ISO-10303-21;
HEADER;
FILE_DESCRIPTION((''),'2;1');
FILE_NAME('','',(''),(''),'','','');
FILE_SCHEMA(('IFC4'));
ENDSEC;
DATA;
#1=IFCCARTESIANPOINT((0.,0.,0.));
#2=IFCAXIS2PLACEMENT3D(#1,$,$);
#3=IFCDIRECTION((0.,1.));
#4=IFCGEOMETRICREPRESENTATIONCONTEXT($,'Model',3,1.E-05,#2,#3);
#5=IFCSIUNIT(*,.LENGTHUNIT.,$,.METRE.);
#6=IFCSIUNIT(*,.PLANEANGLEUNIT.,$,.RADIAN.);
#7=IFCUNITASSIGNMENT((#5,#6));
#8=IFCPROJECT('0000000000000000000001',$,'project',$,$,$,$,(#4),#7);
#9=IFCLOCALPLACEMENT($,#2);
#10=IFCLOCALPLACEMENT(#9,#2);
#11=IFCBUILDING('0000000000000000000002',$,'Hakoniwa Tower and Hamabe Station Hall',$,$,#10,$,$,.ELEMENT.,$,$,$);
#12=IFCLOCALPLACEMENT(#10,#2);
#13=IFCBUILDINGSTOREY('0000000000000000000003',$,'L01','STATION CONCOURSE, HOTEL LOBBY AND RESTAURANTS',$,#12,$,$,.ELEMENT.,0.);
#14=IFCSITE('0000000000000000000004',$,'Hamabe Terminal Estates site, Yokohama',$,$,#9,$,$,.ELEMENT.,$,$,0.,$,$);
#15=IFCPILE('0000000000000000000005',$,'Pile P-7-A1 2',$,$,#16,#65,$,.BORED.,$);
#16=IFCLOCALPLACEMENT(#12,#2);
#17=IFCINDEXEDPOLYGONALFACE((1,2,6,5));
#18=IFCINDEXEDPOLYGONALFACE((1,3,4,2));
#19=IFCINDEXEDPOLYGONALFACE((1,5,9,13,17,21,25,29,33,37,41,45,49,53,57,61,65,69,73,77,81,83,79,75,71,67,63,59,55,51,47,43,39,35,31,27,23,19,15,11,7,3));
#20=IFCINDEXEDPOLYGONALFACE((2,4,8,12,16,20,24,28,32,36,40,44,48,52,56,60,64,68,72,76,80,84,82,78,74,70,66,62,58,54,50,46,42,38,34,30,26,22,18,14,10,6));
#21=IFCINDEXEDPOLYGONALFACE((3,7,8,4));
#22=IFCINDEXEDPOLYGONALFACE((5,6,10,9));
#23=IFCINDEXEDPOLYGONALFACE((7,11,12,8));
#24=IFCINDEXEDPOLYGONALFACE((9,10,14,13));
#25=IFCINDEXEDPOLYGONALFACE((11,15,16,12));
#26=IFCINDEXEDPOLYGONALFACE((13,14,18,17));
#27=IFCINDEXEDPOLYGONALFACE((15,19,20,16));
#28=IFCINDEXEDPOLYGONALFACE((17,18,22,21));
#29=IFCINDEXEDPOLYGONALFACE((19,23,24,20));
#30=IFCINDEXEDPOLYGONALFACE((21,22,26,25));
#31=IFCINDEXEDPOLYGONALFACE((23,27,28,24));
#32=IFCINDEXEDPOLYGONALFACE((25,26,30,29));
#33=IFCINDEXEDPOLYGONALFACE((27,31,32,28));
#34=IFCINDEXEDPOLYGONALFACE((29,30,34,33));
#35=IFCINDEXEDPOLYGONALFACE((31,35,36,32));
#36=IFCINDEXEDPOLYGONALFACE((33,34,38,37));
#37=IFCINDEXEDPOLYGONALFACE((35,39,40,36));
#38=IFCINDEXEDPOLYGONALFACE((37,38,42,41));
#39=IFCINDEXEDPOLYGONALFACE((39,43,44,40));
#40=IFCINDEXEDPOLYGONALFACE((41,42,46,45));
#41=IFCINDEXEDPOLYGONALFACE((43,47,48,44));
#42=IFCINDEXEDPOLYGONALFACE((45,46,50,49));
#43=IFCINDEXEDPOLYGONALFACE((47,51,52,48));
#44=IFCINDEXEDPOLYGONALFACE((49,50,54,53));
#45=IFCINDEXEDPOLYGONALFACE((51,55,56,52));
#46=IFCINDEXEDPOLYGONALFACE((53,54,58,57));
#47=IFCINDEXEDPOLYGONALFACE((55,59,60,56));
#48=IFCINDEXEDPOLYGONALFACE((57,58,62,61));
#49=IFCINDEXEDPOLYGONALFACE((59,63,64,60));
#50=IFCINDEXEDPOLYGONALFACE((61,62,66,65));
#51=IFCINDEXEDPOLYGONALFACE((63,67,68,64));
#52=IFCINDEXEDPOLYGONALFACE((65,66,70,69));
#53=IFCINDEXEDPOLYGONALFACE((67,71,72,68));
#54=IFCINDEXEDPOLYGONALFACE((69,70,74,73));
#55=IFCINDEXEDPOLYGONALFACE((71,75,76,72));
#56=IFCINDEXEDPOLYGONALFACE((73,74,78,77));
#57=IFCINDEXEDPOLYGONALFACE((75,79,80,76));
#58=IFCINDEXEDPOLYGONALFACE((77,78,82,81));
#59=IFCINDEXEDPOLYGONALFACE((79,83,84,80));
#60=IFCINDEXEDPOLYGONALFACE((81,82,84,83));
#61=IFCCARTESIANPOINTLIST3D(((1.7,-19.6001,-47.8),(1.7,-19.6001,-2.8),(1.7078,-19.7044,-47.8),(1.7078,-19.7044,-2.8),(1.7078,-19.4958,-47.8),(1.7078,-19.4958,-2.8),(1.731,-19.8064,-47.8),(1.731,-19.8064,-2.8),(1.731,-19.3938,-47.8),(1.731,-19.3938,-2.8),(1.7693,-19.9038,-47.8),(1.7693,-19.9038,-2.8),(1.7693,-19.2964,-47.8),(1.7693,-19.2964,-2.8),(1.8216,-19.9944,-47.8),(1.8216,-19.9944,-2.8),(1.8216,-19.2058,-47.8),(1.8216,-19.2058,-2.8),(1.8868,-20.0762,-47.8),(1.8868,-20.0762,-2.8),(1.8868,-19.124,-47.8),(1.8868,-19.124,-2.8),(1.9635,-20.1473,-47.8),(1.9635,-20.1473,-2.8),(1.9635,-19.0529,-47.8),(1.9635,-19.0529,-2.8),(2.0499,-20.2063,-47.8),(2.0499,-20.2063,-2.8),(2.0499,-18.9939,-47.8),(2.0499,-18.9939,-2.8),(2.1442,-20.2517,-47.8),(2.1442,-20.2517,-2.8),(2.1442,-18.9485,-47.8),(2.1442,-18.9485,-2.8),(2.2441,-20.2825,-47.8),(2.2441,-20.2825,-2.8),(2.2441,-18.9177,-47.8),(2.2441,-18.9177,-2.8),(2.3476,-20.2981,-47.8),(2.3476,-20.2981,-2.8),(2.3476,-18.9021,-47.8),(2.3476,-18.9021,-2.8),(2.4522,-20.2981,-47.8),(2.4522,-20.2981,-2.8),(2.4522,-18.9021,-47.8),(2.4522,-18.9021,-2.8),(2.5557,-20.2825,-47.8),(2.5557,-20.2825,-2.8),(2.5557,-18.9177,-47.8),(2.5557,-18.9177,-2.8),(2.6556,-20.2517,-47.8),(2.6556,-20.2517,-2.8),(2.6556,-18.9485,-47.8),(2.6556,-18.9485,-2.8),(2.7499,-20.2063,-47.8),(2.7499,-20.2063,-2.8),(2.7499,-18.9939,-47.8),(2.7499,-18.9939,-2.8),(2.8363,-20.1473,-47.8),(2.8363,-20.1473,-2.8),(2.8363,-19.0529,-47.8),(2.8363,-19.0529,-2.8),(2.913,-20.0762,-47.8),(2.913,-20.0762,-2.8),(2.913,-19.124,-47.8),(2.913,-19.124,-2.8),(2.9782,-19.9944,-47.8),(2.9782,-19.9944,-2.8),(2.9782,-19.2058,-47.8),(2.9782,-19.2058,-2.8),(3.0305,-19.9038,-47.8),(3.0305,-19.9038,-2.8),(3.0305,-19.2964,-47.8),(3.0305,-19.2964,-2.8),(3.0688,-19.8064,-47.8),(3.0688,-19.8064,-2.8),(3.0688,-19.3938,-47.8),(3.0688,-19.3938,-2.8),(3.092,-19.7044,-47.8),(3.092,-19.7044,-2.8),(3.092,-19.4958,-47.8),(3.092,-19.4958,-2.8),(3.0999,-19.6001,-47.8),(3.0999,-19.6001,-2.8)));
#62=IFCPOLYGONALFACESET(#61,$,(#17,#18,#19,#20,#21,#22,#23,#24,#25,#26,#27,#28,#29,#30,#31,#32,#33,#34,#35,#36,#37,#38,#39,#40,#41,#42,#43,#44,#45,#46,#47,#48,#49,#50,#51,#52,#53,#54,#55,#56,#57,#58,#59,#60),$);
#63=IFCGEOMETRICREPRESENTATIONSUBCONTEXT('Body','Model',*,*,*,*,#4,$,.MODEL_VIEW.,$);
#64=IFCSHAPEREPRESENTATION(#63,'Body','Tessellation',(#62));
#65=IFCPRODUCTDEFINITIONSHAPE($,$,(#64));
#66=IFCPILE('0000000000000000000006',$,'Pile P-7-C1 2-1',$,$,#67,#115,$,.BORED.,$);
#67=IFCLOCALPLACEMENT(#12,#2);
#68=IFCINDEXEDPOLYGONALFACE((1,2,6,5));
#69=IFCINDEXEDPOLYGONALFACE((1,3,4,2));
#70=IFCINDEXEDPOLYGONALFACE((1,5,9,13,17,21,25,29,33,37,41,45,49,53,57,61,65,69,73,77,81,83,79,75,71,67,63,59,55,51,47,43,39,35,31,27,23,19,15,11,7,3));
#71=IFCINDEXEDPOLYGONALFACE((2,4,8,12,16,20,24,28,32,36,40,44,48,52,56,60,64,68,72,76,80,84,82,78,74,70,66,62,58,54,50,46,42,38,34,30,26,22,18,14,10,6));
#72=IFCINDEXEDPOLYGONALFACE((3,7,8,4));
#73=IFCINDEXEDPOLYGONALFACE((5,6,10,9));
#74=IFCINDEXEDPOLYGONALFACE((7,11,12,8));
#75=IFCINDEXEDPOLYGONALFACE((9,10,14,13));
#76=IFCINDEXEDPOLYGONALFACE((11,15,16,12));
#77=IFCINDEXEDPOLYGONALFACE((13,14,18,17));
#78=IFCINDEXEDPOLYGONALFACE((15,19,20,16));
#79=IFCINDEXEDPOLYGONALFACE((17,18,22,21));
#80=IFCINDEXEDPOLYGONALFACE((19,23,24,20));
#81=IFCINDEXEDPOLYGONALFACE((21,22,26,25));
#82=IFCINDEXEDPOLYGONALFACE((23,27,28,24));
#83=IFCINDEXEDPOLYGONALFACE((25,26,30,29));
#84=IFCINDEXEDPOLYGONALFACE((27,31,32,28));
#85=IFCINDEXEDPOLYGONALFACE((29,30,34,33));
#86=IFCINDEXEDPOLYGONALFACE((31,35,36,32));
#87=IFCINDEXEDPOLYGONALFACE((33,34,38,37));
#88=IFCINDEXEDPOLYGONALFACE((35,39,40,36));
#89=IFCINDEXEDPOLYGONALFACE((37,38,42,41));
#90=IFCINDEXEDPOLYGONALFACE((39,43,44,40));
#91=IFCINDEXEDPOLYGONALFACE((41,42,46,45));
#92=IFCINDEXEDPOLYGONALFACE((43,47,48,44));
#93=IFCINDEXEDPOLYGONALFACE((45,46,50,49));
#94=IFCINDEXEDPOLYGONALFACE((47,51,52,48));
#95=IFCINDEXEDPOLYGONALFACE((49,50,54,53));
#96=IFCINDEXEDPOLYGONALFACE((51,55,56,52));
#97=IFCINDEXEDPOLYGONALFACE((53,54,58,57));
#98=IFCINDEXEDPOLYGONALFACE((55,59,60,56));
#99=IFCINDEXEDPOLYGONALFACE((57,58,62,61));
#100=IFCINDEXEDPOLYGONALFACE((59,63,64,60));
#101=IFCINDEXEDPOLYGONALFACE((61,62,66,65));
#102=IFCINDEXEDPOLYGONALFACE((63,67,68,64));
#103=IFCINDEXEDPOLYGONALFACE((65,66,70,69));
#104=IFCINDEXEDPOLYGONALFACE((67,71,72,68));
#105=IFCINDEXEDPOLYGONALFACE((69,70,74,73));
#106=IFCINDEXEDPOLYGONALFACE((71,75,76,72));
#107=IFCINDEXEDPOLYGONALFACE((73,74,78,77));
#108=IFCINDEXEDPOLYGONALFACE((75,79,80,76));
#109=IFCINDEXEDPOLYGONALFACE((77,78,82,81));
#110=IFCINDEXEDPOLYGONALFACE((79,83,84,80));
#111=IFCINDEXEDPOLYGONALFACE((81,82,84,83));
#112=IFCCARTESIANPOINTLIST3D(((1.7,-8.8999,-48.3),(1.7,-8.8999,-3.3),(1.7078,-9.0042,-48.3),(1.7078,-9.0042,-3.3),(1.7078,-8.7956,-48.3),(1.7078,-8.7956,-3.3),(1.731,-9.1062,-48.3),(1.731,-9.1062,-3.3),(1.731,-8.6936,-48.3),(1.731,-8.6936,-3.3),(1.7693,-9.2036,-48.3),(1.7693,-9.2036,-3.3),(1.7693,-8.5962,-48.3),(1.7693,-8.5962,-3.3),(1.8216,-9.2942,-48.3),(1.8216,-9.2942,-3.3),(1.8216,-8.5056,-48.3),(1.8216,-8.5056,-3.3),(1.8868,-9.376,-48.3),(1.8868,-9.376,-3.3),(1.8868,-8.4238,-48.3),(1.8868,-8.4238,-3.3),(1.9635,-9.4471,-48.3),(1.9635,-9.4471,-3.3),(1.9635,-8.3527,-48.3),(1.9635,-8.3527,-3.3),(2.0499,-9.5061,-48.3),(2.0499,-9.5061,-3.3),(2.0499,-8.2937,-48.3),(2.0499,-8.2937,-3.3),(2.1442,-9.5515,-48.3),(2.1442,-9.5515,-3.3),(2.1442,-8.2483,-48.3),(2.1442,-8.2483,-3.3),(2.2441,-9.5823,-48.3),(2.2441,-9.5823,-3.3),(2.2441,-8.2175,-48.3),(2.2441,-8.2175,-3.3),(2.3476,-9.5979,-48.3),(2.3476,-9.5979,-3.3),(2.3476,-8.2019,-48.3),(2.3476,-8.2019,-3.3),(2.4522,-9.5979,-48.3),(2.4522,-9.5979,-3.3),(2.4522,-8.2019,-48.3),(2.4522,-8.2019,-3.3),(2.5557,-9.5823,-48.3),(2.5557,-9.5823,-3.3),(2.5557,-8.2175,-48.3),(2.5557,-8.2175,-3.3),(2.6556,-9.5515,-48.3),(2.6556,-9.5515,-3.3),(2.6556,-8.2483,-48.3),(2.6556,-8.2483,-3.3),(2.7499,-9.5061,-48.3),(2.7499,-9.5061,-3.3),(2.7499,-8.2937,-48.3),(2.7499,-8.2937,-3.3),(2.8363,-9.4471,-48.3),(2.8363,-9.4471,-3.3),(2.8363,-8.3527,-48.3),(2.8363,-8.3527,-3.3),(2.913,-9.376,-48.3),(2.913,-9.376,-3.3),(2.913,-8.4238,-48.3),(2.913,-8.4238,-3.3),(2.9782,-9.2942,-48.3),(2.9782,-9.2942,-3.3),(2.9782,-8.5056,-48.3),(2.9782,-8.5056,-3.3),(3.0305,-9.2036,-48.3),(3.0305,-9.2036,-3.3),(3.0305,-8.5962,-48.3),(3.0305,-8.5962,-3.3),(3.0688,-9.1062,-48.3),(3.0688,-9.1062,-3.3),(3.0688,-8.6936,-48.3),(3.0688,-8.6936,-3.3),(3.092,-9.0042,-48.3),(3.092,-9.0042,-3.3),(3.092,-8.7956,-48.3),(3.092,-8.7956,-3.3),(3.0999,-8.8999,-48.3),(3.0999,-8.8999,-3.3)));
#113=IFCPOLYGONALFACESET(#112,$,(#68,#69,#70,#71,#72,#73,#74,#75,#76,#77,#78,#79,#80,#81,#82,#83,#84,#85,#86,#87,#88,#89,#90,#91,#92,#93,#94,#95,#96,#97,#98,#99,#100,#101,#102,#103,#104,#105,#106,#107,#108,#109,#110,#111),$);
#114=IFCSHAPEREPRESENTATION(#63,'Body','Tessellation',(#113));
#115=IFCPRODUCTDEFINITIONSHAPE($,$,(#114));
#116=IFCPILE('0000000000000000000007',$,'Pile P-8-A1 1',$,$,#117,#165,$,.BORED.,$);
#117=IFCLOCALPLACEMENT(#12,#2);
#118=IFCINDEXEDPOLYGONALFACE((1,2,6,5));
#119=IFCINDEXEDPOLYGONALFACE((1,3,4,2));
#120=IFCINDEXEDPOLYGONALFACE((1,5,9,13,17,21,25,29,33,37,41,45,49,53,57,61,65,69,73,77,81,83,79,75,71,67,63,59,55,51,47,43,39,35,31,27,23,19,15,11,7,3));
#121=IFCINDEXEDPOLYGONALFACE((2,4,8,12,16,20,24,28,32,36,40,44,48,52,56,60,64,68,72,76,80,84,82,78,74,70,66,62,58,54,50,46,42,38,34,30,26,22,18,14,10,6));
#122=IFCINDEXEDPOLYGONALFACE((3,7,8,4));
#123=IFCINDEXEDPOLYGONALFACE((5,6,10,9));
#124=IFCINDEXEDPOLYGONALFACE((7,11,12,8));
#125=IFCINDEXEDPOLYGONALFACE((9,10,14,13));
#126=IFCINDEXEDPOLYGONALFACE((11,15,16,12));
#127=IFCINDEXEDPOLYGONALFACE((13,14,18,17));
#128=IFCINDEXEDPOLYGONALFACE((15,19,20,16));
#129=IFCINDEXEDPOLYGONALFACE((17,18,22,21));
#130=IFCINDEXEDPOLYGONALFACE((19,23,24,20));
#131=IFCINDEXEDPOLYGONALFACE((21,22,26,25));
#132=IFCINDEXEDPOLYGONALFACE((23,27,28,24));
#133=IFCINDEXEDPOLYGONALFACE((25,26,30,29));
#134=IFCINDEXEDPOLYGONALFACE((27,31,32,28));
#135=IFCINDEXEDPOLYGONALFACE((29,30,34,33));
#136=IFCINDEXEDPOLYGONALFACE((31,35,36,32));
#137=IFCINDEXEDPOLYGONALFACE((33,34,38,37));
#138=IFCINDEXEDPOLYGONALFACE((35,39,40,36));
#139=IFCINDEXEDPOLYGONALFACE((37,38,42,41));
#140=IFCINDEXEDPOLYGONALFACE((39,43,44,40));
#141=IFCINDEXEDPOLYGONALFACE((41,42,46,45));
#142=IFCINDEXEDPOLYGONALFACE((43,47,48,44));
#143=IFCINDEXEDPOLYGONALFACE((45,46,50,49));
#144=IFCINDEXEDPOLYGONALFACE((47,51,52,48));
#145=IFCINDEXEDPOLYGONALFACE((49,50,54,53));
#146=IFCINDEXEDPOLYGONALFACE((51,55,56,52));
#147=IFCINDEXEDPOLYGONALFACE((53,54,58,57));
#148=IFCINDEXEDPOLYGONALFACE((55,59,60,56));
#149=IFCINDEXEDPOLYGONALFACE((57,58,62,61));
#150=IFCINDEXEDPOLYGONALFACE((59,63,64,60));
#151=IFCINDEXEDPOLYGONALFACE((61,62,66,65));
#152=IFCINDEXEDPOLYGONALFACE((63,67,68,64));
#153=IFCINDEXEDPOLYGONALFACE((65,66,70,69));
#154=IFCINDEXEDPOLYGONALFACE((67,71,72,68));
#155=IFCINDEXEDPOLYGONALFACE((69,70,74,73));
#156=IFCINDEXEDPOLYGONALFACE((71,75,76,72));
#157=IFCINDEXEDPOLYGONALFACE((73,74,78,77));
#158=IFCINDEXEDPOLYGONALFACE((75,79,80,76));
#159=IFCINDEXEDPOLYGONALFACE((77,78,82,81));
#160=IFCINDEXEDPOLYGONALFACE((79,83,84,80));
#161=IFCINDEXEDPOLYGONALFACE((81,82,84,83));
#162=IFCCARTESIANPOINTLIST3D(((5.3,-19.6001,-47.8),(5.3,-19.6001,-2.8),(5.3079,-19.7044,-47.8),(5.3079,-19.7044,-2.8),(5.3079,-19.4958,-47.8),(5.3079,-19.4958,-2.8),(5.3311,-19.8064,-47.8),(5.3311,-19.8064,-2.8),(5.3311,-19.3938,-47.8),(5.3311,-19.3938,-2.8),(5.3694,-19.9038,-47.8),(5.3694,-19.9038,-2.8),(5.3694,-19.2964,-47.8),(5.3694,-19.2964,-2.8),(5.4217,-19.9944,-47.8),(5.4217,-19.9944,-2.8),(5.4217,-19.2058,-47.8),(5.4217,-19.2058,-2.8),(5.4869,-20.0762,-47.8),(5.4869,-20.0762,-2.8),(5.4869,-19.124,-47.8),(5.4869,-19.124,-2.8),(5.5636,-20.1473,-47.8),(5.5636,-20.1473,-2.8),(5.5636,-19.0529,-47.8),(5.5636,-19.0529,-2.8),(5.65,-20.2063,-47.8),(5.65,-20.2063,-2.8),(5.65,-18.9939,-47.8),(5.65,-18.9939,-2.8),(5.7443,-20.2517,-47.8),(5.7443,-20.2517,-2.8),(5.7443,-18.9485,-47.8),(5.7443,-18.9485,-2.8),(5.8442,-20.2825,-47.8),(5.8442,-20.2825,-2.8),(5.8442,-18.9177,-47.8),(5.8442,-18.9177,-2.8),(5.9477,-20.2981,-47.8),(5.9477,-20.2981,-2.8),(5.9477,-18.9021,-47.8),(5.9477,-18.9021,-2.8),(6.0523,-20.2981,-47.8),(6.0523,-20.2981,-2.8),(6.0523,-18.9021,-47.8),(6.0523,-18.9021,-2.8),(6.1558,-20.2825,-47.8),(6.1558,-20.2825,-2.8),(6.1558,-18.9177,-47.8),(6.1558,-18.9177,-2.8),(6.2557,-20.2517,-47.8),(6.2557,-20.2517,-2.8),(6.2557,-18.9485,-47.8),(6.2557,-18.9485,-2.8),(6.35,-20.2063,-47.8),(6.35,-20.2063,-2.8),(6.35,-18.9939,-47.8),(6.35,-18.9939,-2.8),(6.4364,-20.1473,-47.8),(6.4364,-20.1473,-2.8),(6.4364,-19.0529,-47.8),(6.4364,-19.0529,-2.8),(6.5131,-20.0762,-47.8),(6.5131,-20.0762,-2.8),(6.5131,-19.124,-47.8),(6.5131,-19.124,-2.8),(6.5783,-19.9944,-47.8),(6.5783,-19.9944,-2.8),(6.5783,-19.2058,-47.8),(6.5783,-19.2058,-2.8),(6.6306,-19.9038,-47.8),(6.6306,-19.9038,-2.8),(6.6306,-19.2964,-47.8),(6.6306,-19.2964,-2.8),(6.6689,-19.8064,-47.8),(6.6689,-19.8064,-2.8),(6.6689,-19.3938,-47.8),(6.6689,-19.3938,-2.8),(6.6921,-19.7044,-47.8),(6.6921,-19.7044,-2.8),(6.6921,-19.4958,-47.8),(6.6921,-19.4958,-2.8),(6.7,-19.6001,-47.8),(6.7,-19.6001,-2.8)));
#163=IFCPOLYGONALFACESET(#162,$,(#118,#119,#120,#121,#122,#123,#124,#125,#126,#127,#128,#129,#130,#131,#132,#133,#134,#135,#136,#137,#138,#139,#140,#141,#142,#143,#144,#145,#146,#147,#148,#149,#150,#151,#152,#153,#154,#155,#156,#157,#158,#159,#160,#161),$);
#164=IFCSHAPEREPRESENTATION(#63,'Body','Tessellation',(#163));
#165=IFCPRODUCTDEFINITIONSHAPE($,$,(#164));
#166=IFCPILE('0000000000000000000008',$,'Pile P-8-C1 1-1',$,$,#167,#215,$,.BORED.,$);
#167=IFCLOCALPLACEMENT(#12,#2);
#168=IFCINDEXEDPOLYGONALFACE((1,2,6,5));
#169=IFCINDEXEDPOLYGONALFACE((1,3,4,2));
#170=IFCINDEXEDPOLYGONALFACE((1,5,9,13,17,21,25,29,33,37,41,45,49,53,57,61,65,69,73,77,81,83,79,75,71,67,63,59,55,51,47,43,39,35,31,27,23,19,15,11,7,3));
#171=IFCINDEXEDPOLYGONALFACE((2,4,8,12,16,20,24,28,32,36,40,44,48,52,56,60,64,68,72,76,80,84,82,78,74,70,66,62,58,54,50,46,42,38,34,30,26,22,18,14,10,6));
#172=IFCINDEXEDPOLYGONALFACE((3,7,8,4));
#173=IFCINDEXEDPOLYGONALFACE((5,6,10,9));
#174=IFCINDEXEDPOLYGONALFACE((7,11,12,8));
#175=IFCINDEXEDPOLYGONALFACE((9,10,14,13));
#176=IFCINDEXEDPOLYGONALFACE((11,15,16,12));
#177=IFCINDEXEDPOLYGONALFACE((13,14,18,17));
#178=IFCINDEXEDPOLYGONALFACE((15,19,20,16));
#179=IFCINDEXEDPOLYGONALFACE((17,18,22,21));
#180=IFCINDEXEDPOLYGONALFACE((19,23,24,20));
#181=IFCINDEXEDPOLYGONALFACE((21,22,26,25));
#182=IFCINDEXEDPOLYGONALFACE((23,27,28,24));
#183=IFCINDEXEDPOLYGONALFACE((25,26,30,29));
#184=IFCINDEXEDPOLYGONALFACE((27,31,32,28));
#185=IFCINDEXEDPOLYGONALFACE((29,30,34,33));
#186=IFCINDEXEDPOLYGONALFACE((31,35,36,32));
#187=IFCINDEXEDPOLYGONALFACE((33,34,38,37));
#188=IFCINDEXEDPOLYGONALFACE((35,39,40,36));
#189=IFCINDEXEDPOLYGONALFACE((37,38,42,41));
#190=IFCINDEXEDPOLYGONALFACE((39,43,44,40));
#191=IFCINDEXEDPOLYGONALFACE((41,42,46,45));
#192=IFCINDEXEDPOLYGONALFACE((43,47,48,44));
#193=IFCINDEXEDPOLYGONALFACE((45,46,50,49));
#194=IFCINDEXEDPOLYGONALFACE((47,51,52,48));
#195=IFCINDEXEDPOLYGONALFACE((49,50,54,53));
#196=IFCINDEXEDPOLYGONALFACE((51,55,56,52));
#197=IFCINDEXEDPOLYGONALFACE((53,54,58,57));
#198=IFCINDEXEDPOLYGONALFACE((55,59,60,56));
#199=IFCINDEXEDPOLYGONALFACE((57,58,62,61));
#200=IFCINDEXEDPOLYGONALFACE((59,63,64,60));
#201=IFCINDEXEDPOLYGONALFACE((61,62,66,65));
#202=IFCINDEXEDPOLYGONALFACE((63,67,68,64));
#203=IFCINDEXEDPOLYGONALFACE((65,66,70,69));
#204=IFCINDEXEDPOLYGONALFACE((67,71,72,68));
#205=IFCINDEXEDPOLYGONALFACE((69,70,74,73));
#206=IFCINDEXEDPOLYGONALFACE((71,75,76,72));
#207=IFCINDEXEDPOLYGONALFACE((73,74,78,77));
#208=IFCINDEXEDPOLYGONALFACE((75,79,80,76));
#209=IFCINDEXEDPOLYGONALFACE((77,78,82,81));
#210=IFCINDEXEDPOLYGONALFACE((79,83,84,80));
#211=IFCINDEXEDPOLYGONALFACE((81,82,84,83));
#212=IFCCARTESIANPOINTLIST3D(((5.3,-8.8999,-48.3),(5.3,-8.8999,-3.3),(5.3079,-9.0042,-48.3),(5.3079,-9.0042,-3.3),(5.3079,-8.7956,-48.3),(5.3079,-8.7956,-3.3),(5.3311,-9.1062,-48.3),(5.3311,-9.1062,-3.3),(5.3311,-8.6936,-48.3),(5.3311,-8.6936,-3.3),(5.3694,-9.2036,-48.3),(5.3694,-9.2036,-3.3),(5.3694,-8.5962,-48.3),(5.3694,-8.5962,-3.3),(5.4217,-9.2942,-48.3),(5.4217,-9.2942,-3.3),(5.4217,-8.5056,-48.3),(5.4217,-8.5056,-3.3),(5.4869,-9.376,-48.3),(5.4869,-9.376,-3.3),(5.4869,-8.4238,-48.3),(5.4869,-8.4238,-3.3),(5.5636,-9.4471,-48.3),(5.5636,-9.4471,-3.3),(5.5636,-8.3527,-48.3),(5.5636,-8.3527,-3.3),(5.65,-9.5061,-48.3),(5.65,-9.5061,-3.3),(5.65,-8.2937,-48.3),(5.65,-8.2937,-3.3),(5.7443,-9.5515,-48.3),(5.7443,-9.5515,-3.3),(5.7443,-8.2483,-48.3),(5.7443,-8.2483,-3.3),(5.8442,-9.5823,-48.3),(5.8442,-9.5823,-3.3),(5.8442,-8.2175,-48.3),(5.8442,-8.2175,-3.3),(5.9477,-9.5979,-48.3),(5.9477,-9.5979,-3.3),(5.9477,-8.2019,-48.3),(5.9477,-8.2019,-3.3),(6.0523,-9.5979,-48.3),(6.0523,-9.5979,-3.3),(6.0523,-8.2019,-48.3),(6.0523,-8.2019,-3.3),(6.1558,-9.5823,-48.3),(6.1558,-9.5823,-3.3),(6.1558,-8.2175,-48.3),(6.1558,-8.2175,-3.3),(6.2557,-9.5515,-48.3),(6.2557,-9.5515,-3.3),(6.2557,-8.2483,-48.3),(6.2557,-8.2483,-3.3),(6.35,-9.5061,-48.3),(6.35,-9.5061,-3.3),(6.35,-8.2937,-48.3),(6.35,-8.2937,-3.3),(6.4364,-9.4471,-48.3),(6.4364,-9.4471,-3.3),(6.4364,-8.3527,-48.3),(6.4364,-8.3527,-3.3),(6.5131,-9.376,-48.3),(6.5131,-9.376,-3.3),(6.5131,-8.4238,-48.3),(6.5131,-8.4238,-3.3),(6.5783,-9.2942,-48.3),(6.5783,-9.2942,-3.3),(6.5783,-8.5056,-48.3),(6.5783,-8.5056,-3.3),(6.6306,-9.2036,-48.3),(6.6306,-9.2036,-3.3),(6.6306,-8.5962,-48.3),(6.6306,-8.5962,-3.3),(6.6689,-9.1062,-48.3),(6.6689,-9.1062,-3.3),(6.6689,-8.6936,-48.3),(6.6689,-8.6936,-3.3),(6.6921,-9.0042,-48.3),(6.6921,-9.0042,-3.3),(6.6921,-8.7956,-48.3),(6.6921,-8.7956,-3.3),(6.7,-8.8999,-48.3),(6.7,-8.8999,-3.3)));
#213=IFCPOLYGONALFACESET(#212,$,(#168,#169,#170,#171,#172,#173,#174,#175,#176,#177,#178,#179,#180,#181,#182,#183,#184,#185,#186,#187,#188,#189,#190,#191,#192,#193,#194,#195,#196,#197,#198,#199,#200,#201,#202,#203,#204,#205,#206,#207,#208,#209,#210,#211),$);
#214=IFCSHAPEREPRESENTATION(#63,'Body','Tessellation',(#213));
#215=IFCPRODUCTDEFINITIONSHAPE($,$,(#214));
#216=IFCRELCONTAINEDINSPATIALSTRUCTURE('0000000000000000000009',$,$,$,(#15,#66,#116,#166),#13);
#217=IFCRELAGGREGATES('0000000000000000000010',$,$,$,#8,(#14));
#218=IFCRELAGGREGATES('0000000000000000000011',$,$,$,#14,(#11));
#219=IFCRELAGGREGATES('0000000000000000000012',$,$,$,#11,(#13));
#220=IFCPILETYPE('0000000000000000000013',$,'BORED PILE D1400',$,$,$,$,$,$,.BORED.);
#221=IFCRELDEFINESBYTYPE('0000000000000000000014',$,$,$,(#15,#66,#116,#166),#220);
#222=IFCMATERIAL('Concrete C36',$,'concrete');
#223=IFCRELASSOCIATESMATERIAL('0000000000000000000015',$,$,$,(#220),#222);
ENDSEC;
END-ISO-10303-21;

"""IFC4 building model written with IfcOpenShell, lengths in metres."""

from ifc_helpers import new_model, si_unit, direction, frame, origin, origin_2d, place, context, subcontext, project, spatial, circle, extrude, material, material_profile, profile_set, type_object, element, save


model = new_model("IFC4")

# Units and contexts
model_context = context("Model", 3, precision=1e-05, world=origin(), true_north=direction((0.0, 1.0)))
body_context = subcontext(model_context, "Body", "Model", "MODEL_VIEW")
ifc_project = project(units=[si_unit("LENGTHUNIT", "METRE"), si_unit("PLANEANGLEUNIT", "RADIAN")], contexts=[model_context])

# Site, building, storey
site_placement = place(None, origin())
site = spatial("IfcSite", under=ifc_project, at=site_placement, Name="Hamabe Terminal Estates site, Yokohama", CompositionType="ELEMENT", RefElevation=0.0)
building_placement = place(site_placement, origin())
building = spatial("IfcBuilding", under=site, at=building_placement, Name="Hakoniwa Tower and Hamabe Station Hall", CompositionType="ELEMENT")
storey_placement = place(building_placement, origin())
storey = spatial("IfcBuildingStorey", under=building, at=storey_placement, Name="L01", Description="STATION CONCOURSE, HOTEL LOBBY AND RESTAURANTS", CompositionType="ELEMENT", Elevation=0.0)

# Piles
ifc_material_1 = material(Name="Concrete C36", Category="concrete")
ifc_material_profile_1 = material_profile(ifc_material_1, circle(Radius=0.7, at=origin_2d()), Name="BORED PILE D1400")
ifc_profile_set_1 = profile_set([ifc_material_profile_1], Name="Concrete C36")
pile_type = type_object("IfcPileType", Name="BORED PILE D1400", PredefinedType="BORED", material=ifc_profile_set_1)
for number, where, z_axis, x_axis, name in (
    (1, (2.3999, -19.6001, -2.8), (0.0, 0.0, -1.0), (1.0, 0.0, 0.0), "Pile P-7-A1 2"),
    (2, (2.3999, -8.8999, -3.3), (0.0, 0.0, -1.0), (1.0, 0.0, 0.0), "Pile P-7-C1 2-1"),
    (3, (6.0, -19.6001, -2.8), (0.0, 0.0, -1.0), (1.0, 0.0, 0.0), "Pile P-8-A1 1"),
    (4, (6.0, -8.8999, -3.3), (0.0, 0.0, -1.0), (1.0, 0.0, 0.0), "Pile P-8-C1 1-1"),
):
    element("IfcPile", number, at=place(storey_placement, frame(where, z_axis=z_axis, x_axis=x_axis)), inside=storey, type_object=pile_type, Name=name, PredefinedType="BORED", context=body_context, shape_type="SweptSolid", body=[
        extrude(circle(Radius=0.7, at=origin_2d()), origin(), (0.0, 0.0, 1.0), 45.0),
    ])

save(model, "model.ifc")
